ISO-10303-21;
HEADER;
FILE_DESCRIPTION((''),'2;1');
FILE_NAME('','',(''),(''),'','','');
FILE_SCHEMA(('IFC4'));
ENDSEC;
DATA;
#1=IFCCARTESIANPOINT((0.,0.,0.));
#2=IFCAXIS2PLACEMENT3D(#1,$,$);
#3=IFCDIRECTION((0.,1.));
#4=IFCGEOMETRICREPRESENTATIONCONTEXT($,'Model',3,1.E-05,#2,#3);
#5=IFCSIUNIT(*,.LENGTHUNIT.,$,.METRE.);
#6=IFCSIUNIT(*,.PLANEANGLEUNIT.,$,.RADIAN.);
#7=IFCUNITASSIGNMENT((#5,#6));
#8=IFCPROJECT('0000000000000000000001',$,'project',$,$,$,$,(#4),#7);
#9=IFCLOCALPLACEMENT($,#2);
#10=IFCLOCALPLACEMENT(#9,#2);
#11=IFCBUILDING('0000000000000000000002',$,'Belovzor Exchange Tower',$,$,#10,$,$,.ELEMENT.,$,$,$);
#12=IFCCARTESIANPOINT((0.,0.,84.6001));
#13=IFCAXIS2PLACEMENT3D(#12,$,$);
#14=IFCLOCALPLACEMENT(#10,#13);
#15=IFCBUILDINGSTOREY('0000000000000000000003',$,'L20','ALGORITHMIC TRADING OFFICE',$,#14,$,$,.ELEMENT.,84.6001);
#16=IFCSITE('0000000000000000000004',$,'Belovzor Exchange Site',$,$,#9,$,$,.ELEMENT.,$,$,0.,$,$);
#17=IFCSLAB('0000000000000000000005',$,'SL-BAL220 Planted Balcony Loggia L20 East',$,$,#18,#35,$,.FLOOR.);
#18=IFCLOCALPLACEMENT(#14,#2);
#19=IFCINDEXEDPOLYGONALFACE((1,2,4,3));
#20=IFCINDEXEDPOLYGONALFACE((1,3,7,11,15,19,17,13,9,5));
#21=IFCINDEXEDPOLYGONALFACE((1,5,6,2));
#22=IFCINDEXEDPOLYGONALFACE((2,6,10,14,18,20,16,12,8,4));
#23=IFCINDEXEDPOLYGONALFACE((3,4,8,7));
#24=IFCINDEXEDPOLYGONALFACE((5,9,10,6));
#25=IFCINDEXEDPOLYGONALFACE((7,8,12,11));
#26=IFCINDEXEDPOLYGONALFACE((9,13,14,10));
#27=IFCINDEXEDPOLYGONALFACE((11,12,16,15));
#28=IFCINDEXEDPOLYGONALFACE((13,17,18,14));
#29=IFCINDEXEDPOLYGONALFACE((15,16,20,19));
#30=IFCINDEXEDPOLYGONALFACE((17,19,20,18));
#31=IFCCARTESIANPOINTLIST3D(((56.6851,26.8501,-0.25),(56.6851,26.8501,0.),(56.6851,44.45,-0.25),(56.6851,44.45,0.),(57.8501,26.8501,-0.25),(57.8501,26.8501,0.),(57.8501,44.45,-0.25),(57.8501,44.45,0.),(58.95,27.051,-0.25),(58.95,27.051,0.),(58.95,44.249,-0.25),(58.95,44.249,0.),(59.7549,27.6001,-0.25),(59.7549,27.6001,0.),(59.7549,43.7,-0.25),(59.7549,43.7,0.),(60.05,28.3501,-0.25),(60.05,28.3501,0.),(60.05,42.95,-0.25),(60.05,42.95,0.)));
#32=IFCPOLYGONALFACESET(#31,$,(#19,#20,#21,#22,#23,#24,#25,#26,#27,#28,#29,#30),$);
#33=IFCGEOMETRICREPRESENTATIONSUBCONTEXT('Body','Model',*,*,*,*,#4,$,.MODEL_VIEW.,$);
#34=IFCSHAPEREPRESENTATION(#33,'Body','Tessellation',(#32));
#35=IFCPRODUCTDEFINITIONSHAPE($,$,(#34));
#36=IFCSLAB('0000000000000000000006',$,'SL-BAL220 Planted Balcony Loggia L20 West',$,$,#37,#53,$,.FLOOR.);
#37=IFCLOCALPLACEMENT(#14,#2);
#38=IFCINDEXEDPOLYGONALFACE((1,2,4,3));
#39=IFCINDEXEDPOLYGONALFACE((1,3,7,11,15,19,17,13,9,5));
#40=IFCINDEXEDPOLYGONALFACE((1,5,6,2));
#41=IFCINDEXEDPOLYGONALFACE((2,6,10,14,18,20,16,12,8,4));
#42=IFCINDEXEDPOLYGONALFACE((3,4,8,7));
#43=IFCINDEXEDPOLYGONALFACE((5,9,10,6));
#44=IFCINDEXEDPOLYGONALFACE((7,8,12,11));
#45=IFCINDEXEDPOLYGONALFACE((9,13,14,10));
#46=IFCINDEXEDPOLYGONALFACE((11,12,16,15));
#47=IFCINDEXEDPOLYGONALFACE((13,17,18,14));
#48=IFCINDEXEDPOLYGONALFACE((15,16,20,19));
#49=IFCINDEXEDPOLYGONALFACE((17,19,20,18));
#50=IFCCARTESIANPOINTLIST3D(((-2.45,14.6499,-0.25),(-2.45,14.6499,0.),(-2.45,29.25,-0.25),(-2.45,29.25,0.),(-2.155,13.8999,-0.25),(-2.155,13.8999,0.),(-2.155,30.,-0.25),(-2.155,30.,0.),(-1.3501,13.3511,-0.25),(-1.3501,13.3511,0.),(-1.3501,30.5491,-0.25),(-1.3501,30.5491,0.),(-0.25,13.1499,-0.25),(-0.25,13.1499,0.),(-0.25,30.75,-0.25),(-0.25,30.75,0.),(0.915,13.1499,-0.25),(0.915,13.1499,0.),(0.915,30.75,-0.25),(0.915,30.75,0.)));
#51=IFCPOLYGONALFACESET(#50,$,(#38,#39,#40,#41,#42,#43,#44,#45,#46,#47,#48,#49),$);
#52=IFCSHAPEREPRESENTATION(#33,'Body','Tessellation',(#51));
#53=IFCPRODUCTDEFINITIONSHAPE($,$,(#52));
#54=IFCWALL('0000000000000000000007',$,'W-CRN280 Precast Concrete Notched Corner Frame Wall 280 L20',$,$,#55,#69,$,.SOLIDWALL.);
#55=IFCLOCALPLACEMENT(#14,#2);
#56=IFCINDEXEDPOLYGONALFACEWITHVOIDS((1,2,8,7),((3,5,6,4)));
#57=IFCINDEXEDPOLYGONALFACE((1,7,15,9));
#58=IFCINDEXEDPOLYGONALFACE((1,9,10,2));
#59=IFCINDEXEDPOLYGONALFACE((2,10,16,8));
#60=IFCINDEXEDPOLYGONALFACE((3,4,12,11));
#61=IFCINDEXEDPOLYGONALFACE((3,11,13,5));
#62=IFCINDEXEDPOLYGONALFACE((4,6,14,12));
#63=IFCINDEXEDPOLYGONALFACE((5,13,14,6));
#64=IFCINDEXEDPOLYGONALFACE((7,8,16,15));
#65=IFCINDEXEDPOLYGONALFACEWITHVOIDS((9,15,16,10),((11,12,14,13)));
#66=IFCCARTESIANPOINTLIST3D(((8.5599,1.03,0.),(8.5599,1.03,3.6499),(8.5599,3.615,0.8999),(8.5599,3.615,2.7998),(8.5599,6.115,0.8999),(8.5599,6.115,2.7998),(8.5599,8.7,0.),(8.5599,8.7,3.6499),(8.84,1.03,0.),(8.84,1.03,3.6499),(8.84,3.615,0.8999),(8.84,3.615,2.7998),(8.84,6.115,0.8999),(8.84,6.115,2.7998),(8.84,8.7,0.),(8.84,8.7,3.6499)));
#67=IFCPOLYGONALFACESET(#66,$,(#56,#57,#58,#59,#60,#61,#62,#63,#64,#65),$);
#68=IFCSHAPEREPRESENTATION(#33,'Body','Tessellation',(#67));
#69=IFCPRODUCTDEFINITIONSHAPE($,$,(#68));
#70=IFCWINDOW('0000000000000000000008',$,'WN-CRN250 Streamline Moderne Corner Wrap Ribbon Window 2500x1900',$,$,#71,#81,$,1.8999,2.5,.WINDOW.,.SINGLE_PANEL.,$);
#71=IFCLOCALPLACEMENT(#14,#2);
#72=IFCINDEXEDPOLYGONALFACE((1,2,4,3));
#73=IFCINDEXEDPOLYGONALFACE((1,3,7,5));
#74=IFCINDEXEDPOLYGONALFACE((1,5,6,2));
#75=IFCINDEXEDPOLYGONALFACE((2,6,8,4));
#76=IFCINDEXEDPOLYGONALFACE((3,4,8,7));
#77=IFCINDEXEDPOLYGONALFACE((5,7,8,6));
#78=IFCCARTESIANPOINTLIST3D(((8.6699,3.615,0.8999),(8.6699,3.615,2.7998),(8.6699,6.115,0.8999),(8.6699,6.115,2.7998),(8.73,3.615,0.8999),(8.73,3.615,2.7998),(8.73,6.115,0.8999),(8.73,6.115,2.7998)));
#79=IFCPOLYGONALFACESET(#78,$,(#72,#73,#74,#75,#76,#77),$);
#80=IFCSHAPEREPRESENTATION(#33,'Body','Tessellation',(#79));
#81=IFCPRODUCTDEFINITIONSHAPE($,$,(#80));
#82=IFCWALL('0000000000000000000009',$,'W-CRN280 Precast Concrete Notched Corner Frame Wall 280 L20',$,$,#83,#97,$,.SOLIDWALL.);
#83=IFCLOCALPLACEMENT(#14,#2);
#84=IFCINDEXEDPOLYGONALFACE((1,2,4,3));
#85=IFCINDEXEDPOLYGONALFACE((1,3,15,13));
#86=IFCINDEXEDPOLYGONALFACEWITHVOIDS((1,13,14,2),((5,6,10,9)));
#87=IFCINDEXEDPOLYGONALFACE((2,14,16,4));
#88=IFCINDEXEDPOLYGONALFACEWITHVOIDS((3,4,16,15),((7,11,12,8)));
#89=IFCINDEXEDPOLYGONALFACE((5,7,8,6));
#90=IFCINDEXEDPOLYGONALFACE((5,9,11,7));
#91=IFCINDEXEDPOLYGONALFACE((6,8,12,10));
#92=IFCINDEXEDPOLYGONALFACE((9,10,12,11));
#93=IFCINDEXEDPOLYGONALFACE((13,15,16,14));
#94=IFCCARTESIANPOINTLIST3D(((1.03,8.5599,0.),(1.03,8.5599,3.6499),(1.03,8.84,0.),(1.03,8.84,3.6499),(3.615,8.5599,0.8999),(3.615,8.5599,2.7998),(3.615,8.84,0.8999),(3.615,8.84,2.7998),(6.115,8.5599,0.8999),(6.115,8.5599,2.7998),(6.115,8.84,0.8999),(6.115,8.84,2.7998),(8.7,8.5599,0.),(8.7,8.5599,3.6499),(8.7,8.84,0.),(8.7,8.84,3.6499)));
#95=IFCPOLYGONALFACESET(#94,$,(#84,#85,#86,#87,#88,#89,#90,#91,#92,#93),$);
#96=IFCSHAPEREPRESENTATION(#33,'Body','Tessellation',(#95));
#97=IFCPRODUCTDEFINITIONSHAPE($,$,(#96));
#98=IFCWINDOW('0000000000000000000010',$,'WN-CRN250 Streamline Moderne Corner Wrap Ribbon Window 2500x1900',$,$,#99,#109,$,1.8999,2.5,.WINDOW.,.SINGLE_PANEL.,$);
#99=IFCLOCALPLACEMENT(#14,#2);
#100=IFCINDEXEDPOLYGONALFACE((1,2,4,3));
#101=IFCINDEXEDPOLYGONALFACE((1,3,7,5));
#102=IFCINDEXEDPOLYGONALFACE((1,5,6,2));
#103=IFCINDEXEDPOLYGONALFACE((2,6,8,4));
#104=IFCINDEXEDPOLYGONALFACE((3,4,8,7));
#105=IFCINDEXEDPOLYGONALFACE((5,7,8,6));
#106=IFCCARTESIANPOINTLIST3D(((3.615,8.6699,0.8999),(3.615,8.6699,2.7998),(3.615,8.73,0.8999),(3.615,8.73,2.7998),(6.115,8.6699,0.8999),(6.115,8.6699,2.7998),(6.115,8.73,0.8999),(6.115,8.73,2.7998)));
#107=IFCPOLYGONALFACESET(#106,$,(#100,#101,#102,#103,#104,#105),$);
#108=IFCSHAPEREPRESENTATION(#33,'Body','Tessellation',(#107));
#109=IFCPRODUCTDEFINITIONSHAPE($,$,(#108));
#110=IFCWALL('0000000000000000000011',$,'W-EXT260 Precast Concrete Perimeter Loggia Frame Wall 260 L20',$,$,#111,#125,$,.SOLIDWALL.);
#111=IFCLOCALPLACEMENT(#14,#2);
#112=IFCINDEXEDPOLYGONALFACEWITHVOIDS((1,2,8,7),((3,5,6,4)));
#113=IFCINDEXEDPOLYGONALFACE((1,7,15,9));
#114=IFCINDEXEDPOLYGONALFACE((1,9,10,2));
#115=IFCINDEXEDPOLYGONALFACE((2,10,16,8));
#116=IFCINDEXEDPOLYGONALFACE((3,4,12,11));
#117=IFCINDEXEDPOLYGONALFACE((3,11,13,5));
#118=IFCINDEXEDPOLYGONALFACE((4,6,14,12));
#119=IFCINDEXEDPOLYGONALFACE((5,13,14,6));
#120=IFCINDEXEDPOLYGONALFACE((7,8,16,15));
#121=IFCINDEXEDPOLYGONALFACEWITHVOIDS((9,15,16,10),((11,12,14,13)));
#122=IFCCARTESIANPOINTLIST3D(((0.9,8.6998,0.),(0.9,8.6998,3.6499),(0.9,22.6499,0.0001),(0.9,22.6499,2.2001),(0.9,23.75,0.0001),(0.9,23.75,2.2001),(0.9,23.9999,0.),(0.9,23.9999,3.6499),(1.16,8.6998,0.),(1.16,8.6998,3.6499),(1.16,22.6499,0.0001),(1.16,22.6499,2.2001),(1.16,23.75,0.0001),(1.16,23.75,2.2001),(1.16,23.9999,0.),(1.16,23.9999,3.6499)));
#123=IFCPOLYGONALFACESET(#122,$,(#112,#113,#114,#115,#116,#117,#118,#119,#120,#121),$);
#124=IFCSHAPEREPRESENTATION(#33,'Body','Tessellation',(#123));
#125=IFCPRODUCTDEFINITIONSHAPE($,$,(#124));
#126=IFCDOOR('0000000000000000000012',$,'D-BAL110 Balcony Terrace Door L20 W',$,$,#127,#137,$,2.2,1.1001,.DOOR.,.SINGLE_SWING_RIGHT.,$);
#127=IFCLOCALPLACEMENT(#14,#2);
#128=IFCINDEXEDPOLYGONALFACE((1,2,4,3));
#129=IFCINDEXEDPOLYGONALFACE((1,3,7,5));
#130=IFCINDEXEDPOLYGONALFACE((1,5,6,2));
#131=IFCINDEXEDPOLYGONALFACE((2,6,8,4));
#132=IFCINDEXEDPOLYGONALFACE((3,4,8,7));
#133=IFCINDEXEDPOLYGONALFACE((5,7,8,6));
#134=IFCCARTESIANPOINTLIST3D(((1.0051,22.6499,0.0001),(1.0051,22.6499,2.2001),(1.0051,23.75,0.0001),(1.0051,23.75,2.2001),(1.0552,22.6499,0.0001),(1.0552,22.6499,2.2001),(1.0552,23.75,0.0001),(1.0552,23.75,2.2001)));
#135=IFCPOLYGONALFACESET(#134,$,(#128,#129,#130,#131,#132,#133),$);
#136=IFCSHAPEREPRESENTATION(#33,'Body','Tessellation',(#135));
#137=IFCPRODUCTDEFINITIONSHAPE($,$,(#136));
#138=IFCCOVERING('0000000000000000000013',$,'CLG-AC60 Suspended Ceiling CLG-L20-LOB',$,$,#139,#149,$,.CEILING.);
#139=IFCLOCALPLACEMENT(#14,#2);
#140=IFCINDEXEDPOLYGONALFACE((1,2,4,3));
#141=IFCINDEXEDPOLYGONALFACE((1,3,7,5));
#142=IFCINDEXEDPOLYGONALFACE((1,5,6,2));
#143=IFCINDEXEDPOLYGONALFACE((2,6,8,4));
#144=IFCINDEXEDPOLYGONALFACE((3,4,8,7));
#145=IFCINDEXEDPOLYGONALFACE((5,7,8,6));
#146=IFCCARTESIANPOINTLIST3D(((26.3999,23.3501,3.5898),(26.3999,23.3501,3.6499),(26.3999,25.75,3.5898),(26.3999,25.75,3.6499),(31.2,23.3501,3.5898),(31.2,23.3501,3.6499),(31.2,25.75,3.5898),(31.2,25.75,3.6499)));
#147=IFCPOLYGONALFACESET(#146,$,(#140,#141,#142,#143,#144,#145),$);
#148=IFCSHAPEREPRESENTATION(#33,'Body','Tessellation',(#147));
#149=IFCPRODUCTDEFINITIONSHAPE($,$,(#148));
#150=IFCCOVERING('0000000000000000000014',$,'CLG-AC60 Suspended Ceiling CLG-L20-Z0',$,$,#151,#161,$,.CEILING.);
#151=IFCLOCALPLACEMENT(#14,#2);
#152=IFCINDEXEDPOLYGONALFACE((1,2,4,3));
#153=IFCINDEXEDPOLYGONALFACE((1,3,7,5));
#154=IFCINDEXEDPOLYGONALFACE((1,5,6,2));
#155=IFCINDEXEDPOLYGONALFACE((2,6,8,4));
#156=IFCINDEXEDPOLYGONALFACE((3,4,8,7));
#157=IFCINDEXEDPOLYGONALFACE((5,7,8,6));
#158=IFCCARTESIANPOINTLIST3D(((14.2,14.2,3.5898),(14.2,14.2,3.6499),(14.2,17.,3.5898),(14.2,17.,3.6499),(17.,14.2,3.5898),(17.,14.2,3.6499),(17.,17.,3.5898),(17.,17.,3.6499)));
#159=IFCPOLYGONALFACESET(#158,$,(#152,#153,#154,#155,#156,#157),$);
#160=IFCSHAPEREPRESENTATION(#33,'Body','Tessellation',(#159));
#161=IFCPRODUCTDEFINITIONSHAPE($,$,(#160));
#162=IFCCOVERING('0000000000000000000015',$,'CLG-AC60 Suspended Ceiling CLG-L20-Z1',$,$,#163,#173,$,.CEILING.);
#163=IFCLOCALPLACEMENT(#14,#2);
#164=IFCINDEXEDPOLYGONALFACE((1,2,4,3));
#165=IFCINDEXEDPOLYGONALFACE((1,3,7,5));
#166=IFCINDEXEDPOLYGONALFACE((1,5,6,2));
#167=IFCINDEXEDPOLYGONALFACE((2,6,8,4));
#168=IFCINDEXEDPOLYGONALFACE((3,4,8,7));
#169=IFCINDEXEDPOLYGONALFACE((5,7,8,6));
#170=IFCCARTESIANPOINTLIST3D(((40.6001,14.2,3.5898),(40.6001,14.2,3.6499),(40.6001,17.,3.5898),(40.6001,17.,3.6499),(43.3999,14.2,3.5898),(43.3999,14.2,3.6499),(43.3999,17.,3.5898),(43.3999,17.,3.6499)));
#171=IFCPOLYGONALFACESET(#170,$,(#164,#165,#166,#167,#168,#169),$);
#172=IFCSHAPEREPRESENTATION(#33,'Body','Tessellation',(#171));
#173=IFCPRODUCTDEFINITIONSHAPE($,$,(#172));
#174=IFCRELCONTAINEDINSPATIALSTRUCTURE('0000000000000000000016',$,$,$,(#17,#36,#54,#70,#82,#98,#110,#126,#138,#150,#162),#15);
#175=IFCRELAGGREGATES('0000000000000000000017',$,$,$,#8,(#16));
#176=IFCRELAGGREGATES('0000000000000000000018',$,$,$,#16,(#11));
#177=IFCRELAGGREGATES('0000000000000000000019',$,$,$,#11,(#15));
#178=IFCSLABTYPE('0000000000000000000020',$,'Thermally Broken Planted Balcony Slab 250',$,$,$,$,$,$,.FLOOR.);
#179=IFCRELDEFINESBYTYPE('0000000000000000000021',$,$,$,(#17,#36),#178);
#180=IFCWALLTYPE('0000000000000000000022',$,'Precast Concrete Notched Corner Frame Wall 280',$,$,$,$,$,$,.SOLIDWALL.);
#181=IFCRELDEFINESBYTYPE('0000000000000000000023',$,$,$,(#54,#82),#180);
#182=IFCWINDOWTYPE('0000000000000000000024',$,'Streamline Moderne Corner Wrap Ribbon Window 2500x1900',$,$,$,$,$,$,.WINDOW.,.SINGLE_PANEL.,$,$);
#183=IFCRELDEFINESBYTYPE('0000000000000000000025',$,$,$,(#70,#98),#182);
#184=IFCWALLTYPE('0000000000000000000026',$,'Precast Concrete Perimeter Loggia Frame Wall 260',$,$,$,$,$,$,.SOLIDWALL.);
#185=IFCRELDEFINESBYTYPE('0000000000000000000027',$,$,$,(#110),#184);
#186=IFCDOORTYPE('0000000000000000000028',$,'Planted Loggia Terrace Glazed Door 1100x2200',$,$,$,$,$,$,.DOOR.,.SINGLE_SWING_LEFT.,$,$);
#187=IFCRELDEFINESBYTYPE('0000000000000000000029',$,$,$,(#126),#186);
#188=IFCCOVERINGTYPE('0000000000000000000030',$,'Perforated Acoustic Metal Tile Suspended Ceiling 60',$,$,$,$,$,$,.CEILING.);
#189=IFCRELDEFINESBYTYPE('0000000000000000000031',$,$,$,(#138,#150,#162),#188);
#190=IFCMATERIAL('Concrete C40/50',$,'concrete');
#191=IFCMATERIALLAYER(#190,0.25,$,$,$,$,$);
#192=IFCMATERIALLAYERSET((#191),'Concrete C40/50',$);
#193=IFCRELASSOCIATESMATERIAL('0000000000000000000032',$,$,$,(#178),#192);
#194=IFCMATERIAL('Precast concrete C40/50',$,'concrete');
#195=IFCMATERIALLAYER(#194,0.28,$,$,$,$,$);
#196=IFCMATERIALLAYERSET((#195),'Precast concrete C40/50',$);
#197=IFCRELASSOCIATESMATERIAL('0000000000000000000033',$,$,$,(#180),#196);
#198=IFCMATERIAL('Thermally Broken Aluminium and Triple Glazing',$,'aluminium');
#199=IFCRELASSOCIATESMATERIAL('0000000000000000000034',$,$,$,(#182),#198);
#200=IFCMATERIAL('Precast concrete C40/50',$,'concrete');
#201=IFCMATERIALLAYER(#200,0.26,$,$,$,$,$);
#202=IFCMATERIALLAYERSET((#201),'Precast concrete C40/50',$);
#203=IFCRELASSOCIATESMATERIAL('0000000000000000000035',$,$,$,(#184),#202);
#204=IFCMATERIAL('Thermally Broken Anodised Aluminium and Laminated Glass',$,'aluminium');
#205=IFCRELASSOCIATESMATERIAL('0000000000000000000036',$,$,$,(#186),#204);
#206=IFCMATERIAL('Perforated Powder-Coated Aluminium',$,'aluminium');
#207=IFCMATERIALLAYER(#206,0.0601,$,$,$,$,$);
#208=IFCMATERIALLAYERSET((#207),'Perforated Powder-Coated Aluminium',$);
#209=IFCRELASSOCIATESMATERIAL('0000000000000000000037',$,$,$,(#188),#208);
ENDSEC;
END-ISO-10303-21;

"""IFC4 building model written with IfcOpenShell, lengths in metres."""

from ifc_helpers import new_model, si_unit, direction, frame, frame_2d, origin, place, context, subcontext, project, spatial, polyline, rectangle, outline, extrude, material, layer, layer_set, type_object, element, fill, save


model = new_model("IFC4")

# Units and contexts
model_context = context("Model", 3, precision=1e-05, world=origin(), true_north=direction((0.0, 1.0)))
body_context = subcontext(model_context, "Body", "Model", "MODEL_VIEW")
ifc_project = project(units=[si_unit("LENGTHUNIT", "METRE"), si_unit("PLANEANGLEUNIT", "RADIAN")], contexts=[model_context])

# Site, building, storey
site_placement = place(None, origin())
site = spatial("IfcSite", under=ifc_project, at=site_placement, Name="Belovzor Exchange Site", CompositionType="ELEMENT", RefElevation=0.0)
building_placement = place(site_placement, origin())
building = spatial("IfcBuilding", under=site, at=building_placement, Name="Belovzor Exchange Tower", CompositionType="ELEMENT")
storey_placement = place(building_placement, frame((0.0, 0.0, 84.6001)))
storey = spatial("IfcBuildingStorey", under=building, at=storey_placement, Name="L20", Description="ALGORITHMIC TRADING OFFICE", CompositionType="ELEMENT", Elevation=84.6001)

# Slabs
ifc_material_1 = material(Name="Concrete C40/50", Category="concrete")
ifc_layer_1 = layer(ifc_material_1, 0.25)
ifc_layer_set_1 = layer_set([ifc_layer_1], Name="Concrete C40/50")
slab_type_1 = type_object("IfcSlabType", Name="Thermally Broken Planted Balcony Slab 250", PredefinedType="FLOOR", material=ifc_layer_set_1)
slab_1_placement = place(storey_placement, frame((0.0, 0.0, -0.25)))
element("IfcSlab", 1, at=slab_1_placement, inside=storey, type_object=slab_type_1, Name="SL-BAL220 Planted Balcony Loggia L20 East", PredefinedType="FLOOR", context=body_context, shape_type="SweptSolid", body=[
    extrude(outline(polyline([(56.6851, 26.8501), (57.8501, 26.8501), (58.95, 27.051), (59.7549, 27.6001), (60.05, 28.3501), (60.05, 42.95), (59.7549, 43.7), (58.95, 44.249), (57.8501, 44.45), (56.6851, 44.45), (56.6851, 26.8501)])), origin(), (0.0, 0.0, 1.0), 0.25),
])
slab_2_placement = place(storey_placement, frame((0.0, 0.0, -0.25)))
element("IfcSlab", 2, at=slab_2_placement, inside=storey, type_object=slab_type_1, Name="SL-BAL220 Planted Balcony Loggia L20 West", PredefinedType="FLOOR", context=body_context, shape_type="SweptSolid", body=[
    extrude(outline(polyline([(0.915, 30.75), (-0.25, 30.75), (-1.3501, 30.5491), (-2.155, 30.0), (-2.45, 29.25), (-2.45, 14.6499), (-2.155, 13.8999), (-1.3501, 13.3511), (-0.25, 13.1499), (0.915, 13.1499), (0.915, 30.75)])), origin(), (0.0, 0.0, 1.0), 0.25),
])

# Walls, openings, windows
ifc_material_2 = material(Name="Precast concrete C40/50", Category="concrete")
ifc_layer_2 = layer(ifc_material_2, 0.28)
ifc_layer_set_2 = layer_set([ifc_layer_2], Name="Precast concrete C40/50")
wall_type_1 = type_object("IfcWallType", Name="Precast Concrete Notched Corner Frame Wall 280", PredefinedType="SOLIDWALL", material=ifc_layer_set_2)
wall_1_placement = place(storey_placement, frame((8.7, 1.03, 0.0), z_axis=(0.0, 0.0, 1.0), x_axis=(0.0, 1.0, 0.0)))
wall_1 = element("IfcWall", 3, at=wall_1_placement, inside=storey, type_object=wall_type_1, Name="W-CRN280 Precast Concrete Notched Corner Frame Wall 280 L20", PredefinedType="SOLIDWALL", context=body_context, shape_type="SweptSolid", body=[
    extrude(rectangle(XDim=7.6699, YDim=0.28, at=frame_2d((3.835, 0.0))), origin(), (0.0, 0.0, 1.0), 3.6499),
])
opening_1_placement = place(wall_1_placement, frame((2.585, 0.0, 0.8999)))
opening_1 = element("IfcOpeningElement", 4, at=opening_1_placement, cuts=wall_1, PredefinedType="OPENING", context=body_context, shape_type="SweptSolid", body=[
    extrude(rectangle(XDim=2.5, YDim=1.8999, at=frame_2d((1.25, 0.95))), frame((0.0, 0.1499, 0.0), z_axis=(0.0, -1.0, 0.0), x_axis=(1.0, 0.0, 0.0)), (0.0, 0.0, 1.0), 0.3),
])
ifc_material_3 = material(Name="Thermally Broken Aluminium and Triple Glazing", Category="aluminium")
window_type = type_object("IfcWindowType", Name="Streamline Moderne Corner Wrap Ribbon Window 2500x1900", PartitioningType="SINGLE_PANEL", PredefinedType="WINDOW", material=ifc_material_3)
window_1_placement = place(opening_1_placement, origin())
window_1 = element("IfcWindow", 5, at=window_1_placement, inside=storey, type_object=window_type, Name="WN-CRN250 Streamline Moderne Corner Wrap Ribbon Window 2500x1900", OverallHeight=1.8999, OverallWidth=2.5, PartitioningType="SINGLE_PANEL", PredefinedType="WINDOW", context=body_context, shape_type="SweptSolid", body=[
    extrude(rectangle(XDim=2.5, YDim=1.8999, at=frame_2d((1.25, 0.95))), frame((0.0, 0.03, 0.0), z_axis=(0.0, -1.0, 0.0), x_axis=(1.0, 0.0, 0.0)), (0.0, 0.0, 1.0), 0.0601),
])
fill(opening_1, window_1)
wall_2_placement = place(storey_placement, frame((8.7, 8.7, 0.0), z_axis=(0.0, 0.0, 1.0), x_axis=(-1.0, 0.0, 0.0)))
wall_2 = element("IfcWall", 6, at=wall_2_placement, inside=storey, type_object=wall_type_1, Name="W-CRN280 Precast Concrete Notched Corner Frame Wall 280 L20", PredefinedType="SOLIDWALL", context=body_context, shape_type="SweptSolid", body=[
    extrude(rectangle(XDim=7.6699, YDim=0.28, at=frame_2d((3.835, 0.0))), origin(), (0.0, 0.0, 1.0), 3.6499),
])
opening_2_placement = place(wall_2_placement, frame((2.585, 0.0, 0.8999)))
opening_2 = element("IfcOpeningElement", 7, at=opening_2_placement, cuts=wall_2, PredefinedType="OPENING", context=body_context, shape_type="SweptSolid", body=[
    extrude(rectangle(XDim=2.5, YDim=1.8999, at=frame_2d((1.25, 0.95))), frame((0.0, 0.1499, 0.0), z_axis=(0.0, -1.0, 0.0), x_axis=(1.0, 0.0, 0.0)), (0.0, 0.0, 1.0), 0.3),
])
window_2_placement = place(opening_2_placement, origin())
window_2 = element("IfcWindow", 8, at=window_2_placement, inside=storey, type_object=window_type, Name="WN-CRN250 Streamline Moderne Corner Wrap Ribbon Window 2500x1900", OverallHeight=1.8999, OverallWidth=2.5, PartitioningType="SINGLE_PANEL", PredefinedType="WINDOW", context=body_context, shape_type="SweptSolid", body=[
    extrude(rectangle(XDim=2.5, YDim=1.8999, at=frame_2d((1.25, 0.95))), frame((0.0, 0.03, 0.0), z_axis=(0.0, -1.0, 0.0), x_axis=(1.0, 0.0, 0.0)), (0.0, 0.0, 1.0), 0.0601),
])
fill(opening_2, window_2)

# Wall, opening, door
ifc_material_4 = material(Name="Precast concrete C40/50", Category="concrete")
ifc_layer_3 = layer(ifc_material_4, 0.26)
ifc_layer_set_3 = layer_set([ifc_layer_3], Name="Precast concrete C40/50")
wall_type_2 = type_object("IfcWallType", Name="Precast Concrete Perimeter Loggia Frame Wall 260", PredefinedType="SOLIDWALL", material=ifc_layer_set_3)
wall_3_placement = place(storey_placement, frame((1.03, 8.7, 0.0), z_axis=(0.0, 0.0, 1.0), x_axis=(0.0, 1.0, 0.0)))
wall_3 = element("IfcWall", 9, at=wall_3_placement, inside=storey, type_object=wall_type_2, Name="W-EXT260 Precast Concrete Perimeter Loggia Frame Wall 260 L20", PredefinedType="SOLIDWALL", context=body_context, shape_type="SweptSolid", body=[
    extrude(rectangle(XDim=15.3, YDim=0.26, at=frame_2d((7.6499, 0.0))), origin(), (0.0, 0.0, 1.0), 3.6499),
])
opening_3_placement = place(wall_3_placement, frame((13.95, 0.0, 0.0)))
opening_3 = element("IfcOpeningElement", 10, at=opening_3_placement, cuts=wall_3, PredefinedType="OPENING", context=body_context, shape_type="SweptSolid", body=[
    extrude(rectangle(XDim=1.1001, YDim=2.2, at=frame_2d((0.55, 1.1001))), frame((0.0, 0.1399, 0.0), z_axis=(0.0, -1.0, 0.0), x_axis=(1.0, 0.0, 0.0)), (0.0, 0.0, 1.0), 0.28),
])
ifc_material_5 = material(Name="Thermally Broken Anodised Aluminium and Laminated Glass", Category="aluminium")
door_type = type_object("IfcDoorType", Name="Planted Loggia Terrace Glazed Door 1100x2200", OperationType="SINGLE_SWING_LEFT", PredefinedType="DOOR", material=ifc_material_5)
door_placement = place(opening_3_placement, origin())
door = element("IfcDoor", 11, at=door_placement, inside=storey, type_object=door_type, Name="D-BAL110 Balcony Terrace Door L20 W", OperationType="SINGLE_SWING_RIGHT", OverallHeight=2.2, OverallWidth=1.1001, PredefinedType="DOOR", context=body_context, shape_type="SweptSolid", body=[
    extrude(rectangle(XDim=1.1001, YDim=2.2, at=frame_2d((0.55, 1.1001))), frame((0.0, 0.0249, 0.0), z_axis=(0.0, -1.0, 0.0), x_axis=(1.0, 0.0, 0.0)), (0.0, 0.0, 1.0), 0.05),
])
fill(opening_3, door)

# Coverings
ifc_material_6 = material(Name="Perforated Powder-Coated Aluminium", Category="aluminium")
ifc_layer_4 = layer(ifc_material_6, 0.0601)
ifc_layer_set_4 = layer_set([ifc_layer_4], Name="Perforated Powder-Coated Aluminium")
covering_type_1 = type_object("IfcCoveringType", Name="Perforated Acoustic Metal Tile Suspended Ceiling 60", PredefinedType="CEILING", material=ifc_layer_set_4)
covering_1_placement = place(storey_placement, frame((0.0, 0.0, 3.5898)))
element("IfcCovering", 12, at=covering_1_placement, inside=storey, type_object=covering_type_1, Name="CLG-AC60 Suspended Ceiling CLG-L20-LOB", PredefinedType="CEILING", context=body_context, shape_type="SweptSolid", body=[
    extrude(outline(polyline([(26.3999, 23.3501), (31.2, 23.3501), (31.2, 25.75), (26.3999, 25.75), (26.3999, 23.3501)])), origin(), (0.0, 0.0, 1.0), 0.0601),
])
covering_2_placement = place(storey_placement, frame((0.0, 0.0, 3.5898)))
element("IfcCovering", 13, at=covering_2_placement, inside=storey, type_object=covering_type_1, Name="CLG-AC60 Suspended Ceiling CLG-L20-Z0", PredefinedType="CEILING", context=body_context, shape_type="SweptSolid", body=[
    extrude(outline(polyline([(14.2, 14.2), (17.0, 14.2), (17.0, 17.0), (14.2, 17.0), (14.2, 14.2)])), origin(), (0.0, 0.0, 1.0), 0.0601),
])
covering_3_placement = place(storey_placement, frame((0.0, 0.0, 3.5898)))
element("IfcCovering", 14, at=covering_3_placement, inside=storey, type_object=covering_type_1, Name="CLG-AC60 Suspended Ceiling CLG-L20-Z1", PredefinedType="CEILING", context=body_context, shape_type="SweptSolid", body=[
    extrude(outline(polyline([(40.6001, 14.2), (43.3999, 14.2), (43.3999, 17.0), (40.6001, 17.0), (40.6001, 14.2)])), origin(), (0.0, 0.0, 1.0), 0.0601),
])

save(model, "model.ifc")
